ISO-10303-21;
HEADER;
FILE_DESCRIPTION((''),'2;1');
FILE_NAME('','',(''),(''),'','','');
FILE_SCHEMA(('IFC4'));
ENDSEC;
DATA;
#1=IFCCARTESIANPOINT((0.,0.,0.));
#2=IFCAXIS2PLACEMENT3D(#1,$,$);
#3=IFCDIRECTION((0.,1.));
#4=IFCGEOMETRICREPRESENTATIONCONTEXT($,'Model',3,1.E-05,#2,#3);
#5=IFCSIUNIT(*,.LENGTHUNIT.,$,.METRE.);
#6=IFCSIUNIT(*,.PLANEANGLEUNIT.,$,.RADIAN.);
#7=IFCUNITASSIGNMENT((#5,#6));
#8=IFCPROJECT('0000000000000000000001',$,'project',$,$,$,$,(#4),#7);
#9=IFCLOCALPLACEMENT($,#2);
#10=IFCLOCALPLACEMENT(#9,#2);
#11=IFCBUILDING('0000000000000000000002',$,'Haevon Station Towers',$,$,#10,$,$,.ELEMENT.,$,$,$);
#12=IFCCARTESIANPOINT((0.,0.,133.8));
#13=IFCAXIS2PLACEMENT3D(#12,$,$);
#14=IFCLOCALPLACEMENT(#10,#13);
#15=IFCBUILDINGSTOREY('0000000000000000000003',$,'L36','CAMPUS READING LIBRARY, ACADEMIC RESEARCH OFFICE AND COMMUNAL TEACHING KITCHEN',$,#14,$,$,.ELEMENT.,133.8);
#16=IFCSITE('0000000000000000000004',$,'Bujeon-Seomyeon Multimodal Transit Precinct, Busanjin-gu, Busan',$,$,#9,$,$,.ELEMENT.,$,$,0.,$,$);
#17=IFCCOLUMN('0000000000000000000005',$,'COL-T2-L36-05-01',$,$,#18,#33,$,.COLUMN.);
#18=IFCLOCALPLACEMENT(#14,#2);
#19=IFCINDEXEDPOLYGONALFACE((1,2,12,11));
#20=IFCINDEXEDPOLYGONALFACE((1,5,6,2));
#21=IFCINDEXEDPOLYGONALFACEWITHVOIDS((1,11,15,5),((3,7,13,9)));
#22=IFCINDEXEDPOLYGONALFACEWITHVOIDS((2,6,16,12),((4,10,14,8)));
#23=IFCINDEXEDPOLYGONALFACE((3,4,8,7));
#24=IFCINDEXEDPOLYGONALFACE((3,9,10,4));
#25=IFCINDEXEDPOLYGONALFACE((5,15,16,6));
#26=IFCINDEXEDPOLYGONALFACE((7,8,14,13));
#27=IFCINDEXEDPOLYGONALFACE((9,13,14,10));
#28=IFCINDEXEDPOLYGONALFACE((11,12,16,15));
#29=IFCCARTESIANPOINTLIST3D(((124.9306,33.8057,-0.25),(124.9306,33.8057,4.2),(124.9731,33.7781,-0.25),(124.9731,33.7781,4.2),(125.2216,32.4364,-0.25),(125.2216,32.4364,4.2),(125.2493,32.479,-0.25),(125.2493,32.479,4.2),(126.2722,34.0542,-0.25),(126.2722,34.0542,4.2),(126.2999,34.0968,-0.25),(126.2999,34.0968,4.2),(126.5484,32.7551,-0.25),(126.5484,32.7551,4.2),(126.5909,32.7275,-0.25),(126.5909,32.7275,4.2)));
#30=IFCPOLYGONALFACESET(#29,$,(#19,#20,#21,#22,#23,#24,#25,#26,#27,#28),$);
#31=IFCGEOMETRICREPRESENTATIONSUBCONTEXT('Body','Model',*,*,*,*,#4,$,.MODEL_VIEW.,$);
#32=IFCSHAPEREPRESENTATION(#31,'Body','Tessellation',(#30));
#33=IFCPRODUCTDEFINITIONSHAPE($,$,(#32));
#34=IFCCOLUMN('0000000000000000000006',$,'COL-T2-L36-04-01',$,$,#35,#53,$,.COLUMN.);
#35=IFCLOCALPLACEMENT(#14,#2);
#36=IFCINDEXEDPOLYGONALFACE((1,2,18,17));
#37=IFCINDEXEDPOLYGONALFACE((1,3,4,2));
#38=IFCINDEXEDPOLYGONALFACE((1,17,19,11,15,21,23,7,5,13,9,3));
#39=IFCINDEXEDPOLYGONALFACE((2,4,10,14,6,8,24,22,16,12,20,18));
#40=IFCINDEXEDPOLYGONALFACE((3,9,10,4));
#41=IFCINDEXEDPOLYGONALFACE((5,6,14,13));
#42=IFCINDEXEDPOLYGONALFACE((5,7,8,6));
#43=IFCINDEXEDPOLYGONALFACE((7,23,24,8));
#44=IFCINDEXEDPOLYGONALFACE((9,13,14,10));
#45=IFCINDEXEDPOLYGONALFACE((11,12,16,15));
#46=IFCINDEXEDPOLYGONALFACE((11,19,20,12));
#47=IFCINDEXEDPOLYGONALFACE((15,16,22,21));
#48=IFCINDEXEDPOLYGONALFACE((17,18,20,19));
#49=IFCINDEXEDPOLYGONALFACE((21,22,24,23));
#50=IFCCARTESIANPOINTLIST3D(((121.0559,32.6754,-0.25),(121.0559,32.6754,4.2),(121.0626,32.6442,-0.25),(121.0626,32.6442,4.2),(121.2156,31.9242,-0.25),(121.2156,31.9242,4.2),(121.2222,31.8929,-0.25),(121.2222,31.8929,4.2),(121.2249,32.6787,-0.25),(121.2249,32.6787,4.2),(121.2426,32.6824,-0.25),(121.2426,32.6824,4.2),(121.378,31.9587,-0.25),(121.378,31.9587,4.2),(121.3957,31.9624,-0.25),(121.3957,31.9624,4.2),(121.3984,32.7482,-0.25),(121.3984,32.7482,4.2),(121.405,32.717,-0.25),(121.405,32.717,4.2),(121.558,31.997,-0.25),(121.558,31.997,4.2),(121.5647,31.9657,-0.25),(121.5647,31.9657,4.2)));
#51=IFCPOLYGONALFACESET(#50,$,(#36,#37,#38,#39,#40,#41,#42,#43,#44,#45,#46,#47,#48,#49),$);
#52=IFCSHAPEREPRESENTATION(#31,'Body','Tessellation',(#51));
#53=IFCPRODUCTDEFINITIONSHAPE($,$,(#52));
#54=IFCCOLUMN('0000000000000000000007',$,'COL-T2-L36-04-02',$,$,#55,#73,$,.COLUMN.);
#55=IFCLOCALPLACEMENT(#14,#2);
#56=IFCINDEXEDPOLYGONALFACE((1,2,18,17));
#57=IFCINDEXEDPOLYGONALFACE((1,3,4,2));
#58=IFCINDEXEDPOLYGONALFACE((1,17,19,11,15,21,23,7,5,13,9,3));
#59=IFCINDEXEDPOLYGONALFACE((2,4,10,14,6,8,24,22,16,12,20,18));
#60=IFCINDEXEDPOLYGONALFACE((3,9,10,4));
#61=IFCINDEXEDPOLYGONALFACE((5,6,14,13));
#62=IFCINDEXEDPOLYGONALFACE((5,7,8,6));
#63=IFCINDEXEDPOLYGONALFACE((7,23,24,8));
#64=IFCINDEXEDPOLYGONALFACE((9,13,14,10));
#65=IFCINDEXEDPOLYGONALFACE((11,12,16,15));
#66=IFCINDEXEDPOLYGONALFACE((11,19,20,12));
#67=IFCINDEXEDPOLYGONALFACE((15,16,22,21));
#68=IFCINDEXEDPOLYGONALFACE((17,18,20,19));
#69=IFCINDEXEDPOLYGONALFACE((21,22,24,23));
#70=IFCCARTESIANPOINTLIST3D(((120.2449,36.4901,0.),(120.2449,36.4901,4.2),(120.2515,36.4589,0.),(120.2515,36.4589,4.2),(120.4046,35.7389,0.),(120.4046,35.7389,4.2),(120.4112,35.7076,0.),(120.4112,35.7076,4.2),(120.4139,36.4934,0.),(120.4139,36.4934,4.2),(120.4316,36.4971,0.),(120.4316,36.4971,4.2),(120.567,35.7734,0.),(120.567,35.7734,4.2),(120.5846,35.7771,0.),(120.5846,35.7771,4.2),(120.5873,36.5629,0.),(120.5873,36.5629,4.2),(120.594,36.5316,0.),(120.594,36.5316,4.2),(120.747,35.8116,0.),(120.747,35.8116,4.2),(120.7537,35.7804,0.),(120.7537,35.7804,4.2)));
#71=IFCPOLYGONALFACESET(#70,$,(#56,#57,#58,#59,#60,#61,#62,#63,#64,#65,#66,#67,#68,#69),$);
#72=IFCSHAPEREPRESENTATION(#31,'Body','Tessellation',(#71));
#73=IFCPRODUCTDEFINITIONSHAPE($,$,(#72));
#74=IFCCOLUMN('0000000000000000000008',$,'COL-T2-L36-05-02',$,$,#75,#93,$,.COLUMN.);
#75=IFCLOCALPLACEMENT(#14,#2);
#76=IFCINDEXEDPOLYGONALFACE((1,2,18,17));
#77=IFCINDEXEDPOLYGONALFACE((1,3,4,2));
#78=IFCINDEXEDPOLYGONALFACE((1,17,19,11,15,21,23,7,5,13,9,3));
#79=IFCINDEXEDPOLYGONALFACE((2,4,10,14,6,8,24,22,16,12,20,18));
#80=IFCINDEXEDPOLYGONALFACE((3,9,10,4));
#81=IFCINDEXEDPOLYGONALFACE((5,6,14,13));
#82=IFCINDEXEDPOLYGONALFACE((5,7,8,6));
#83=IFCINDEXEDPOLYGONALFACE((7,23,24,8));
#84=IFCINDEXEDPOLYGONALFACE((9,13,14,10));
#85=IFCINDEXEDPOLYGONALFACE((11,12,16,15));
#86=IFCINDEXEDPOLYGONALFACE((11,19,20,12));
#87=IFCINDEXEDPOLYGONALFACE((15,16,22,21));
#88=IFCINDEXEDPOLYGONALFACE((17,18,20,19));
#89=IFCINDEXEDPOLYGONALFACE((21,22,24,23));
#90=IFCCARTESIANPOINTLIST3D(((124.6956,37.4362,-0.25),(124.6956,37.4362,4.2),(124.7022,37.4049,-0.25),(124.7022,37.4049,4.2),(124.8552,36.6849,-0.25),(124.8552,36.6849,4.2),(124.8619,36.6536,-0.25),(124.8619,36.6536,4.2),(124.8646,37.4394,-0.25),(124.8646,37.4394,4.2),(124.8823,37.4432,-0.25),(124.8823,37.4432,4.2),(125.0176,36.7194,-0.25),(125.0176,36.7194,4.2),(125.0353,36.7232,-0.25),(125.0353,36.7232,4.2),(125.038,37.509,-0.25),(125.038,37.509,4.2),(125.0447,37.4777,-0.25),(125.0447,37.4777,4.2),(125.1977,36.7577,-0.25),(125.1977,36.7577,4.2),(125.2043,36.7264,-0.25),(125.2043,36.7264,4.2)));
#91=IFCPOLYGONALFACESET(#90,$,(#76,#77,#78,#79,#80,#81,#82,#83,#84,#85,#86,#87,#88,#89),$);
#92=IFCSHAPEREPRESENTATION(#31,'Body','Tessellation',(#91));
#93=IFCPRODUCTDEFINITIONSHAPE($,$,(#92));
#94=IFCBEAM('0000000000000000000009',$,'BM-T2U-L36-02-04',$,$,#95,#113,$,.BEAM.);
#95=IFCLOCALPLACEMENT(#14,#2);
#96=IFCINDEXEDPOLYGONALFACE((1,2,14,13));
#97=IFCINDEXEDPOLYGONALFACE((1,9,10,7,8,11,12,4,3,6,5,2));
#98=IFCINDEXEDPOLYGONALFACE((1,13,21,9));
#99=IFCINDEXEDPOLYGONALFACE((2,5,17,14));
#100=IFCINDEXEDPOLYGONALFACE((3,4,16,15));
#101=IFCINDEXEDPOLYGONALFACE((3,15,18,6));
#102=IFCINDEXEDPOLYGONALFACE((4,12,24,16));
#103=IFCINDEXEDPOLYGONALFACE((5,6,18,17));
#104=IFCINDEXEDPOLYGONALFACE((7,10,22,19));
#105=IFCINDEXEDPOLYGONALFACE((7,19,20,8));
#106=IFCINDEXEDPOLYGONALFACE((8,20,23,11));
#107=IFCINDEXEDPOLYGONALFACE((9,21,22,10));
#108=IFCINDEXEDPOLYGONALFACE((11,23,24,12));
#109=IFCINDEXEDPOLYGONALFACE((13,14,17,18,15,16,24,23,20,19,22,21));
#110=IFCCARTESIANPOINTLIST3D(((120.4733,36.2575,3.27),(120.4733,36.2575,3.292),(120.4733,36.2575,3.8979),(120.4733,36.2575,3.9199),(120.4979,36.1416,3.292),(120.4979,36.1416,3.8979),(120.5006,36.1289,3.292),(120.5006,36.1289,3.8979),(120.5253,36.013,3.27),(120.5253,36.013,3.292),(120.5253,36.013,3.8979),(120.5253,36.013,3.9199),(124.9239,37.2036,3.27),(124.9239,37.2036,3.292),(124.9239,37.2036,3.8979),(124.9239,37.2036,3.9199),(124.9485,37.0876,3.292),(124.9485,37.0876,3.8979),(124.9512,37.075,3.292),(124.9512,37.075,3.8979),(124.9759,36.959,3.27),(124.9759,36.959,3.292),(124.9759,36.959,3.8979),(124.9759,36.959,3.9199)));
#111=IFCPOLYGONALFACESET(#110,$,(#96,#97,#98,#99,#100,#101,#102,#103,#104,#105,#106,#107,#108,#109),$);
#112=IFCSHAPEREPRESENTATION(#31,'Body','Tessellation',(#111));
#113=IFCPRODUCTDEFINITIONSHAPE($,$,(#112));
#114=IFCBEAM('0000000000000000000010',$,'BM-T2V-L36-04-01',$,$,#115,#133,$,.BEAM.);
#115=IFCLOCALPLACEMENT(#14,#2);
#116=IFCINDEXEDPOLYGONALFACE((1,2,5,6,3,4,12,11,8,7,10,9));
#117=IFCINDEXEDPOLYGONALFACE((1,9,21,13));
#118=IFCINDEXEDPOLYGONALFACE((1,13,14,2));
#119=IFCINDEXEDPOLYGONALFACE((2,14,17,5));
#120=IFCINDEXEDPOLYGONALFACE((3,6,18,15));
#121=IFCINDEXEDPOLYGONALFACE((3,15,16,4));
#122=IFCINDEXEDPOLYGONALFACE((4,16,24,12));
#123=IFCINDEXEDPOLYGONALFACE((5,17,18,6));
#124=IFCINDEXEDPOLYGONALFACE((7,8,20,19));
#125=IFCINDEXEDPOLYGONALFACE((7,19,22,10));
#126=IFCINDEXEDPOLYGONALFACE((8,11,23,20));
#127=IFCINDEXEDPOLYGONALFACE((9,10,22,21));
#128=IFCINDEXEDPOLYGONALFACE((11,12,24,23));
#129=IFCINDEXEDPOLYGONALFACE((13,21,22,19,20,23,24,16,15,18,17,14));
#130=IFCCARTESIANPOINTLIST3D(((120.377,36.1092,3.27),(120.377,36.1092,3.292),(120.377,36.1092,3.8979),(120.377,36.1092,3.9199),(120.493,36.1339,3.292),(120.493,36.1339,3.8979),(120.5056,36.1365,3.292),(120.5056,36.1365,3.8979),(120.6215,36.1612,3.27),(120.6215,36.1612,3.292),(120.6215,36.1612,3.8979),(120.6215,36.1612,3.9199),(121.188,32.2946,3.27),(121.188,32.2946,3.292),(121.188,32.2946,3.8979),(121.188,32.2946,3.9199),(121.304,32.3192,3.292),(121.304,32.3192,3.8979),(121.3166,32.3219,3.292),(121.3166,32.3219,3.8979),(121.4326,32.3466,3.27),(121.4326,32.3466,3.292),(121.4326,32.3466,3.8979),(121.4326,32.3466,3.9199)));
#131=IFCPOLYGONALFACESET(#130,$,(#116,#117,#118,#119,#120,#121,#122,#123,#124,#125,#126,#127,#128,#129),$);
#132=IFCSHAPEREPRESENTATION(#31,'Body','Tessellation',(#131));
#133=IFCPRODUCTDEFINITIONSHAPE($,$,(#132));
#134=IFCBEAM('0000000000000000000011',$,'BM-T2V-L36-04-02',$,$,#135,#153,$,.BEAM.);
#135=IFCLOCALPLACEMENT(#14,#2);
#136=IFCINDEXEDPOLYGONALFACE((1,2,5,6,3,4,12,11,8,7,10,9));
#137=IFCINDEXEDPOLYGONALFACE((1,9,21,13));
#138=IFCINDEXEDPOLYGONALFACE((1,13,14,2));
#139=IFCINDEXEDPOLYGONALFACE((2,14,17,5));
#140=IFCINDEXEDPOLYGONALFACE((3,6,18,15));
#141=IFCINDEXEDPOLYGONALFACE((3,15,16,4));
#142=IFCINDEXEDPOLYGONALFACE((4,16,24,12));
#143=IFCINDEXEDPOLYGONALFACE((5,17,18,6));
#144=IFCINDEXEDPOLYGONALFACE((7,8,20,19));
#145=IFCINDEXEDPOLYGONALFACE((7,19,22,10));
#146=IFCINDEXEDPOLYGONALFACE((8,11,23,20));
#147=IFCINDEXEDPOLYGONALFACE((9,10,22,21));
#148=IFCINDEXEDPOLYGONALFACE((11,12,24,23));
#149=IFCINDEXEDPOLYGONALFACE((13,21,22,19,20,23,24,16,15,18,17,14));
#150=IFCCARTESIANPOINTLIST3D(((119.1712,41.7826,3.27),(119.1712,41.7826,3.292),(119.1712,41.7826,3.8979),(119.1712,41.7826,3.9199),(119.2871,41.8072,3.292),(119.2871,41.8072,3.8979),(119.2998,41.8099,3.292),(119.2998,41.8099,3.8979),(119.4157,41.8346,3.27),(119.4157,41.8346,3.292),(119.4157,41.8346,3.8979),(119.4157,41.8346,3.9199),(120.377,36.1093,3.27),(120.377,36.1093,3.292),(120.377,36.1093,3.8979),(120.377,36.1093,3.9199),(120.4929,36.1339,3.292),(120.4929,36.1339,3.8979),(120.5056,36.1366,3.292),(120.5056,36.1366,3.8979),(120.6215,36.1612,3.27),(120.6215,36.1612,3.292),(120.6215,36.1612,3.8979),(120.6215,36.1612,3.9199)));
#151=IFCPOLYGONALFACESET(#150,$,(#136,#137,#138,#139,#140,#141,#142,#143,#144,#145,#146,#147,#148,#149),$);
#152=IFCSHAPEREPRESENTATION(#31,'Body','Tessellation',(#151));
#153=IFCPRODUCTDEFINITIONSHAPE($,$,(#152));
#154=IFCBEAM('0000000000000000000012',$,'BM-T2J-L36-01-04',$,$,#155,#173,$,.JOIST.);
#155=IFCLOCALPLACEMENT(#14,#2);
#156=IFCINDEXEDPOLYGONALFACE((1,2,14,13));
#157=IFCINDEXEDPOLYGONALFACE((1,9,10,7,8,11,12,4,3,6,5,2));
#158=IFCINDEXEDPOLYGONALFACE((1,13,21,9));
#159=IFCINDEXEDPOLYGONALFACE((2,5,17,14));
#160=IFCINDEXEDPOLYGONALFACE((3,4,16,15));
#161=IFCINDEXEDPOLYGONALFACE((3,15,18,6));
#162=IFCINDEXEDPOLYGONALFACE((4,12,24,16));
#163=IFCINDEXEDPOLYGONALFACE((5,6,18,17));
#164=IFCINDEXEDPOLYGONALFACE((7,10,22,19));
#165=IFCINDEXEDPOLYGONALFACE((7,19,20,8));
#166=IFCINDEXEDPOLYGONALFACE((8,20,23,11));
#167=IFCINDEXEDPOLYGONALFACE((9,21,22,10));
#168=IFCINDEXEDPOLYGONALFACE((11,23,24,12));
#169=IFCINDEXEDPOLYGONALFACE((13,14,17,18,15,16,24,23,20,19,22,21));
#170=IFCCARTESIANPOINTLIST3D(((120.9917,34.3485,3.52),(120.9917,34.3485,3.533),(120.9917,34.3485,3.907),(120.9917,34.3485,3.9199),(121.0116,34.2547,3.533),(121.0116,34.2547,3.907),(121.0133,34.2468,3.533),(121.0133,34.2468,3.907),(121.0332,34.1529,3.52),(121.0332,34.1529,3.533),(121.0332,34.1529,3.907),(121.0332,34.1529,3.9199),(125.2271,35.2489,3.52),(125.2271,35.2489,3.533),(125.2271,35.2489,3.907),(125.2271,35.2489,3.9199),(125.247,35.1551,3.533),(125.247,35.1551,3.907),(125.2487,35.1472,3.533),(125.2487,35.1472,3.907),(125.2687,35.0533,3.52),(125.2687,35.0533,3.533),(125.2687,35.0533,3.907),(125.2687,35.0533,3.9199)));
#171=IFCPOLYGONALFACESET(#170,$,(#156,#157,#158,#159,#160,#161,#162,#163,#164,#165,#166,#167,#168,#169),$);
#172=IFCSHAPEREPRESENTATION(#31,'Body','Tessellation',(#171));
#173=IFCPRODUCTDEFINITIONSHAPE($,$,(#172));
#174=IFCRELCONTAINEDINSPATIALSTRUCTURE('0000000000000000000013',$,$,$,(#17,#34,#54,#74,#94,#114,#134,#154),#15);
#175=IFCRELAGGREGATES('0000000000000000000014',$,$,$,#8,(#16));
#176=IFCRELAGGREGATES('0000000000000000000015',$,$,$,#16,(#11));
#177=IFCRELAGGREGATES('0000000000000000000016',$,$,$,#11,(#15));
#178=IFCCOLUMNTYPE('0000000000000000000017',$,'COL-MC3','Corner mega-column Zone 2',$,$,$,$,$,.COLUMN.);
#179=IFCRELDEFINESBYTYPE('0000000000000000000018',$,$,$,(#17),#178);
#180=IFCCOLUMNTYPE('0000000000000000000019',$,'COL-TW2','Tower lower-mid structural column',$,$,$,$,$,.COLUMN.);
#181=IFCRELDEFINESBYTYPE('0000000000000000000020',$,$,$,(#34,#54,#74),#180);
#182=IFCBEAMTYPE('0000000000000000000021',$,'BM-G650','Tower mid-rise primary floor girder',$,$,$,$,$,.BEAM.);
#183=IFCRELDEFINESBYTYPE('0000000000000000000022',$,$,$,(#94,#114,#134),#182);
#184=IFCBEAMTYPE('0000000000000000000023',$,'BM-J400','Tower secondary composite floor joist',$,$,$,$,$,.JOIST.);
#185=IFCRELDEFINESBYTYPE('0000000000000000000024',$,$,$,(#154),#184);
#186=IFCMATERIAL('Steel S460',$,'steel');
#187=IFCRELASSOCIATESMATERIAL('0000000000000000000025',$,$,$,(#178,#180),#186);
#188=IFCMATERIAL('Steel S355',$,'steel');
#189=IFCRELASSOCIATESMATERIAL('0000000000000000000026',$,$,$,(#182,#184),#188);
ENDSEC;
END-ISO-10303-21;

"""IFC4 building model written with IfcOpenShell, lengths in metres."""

from ifc_helpers import new_model, si_unit, direction, frame, origin, origin_2d, place, context, subcontext, project, spatial, hollow_rectangle, i_section, extrude, material, material_profile, profile_set, type_object, element, save


model = new_model("IFC4")

# Units and contexts
model_context = context("Model", 3, precision=1e-05, world=origin(), true_north=direction((0.0, 1.0)))
body_context = subcontext(model_context, "Body", "Model", "MODEL_VIEW")
ifc_project = project(units=[si_unit("LENGTHUNIT", "METRE"), si_unit("PLANEANGLEUNIT", "RADIAN")], contexts=[model_context])

# Site, building, storey
site_placement = place(None, origin())
site = spatial("IfcSite", under=ifc_project, at=site_placement, Name="Bujeon-Seomyeon Multimodal Transit Precinct, Busanjin-gu, Busan", CompositionType="ELEMENT", RefElevation=0.0)
building_placement = place(site_placement, origin())
building = spatial("IfcBuilding", under=site, at=building_placement, Name="Haevon Station Towers", CompositionType="ELEMENT")
storey_placement = place(building_placement, frame((0.0, 0.0, 133.8)))
storey = spatial("IfcBuildingStorey", under=building, at=storey_placement, Name="L36", Description="CAMPUS READING LIBRARY, ACADEMIC RESEARCH OFFICE AND COMMUNAL TEACHING KITCHEN", CompositionType="ELEMENT", Elevation=133.8)

# Columns
ifc_material_1 = material(Name="Steel S460", Category="steel")
ifc_material_profile_1 = material_profile(ifc_material_1, hollow_rectangle(XDim=1.3999, YDim=1.3999, WallThickness=0.0359, at=origin_2d()), Name="BOX-1400x1400x36")
ifc_profile_set_1 = profile_set([ifc_material_profile_1], Name="Steel S460")
column_type_1 = type_object("IfcColumnType", Name="COL-MC3", Description="Corner mega-column Zone 2", PredefinedType="COLUMN", material=ifc_profile_set_1)
column_1_placement = place(storey_placement, frame((125.7607, 33.2666, -0.25), z_axis=(0.0, 0.0, 1.0), x_axis=(0.978148, 0.207912, 0.0)))
element("IfcColumn", 1, at=column_1_placement, inside=storey, type_object=column_type_1, Name="COL-T2-L36-05-01", PredefinedType="COLUMN", context=body_context, shape_type="SweptSolid", body=[
    extrude(hollow_rectangle(XDim=1.3999, YDim=1.3999, WallThickness=0.0359, at=origin_2d()), origin(), (0.0, 0.0, 1.0), 4.45),
])
ifc_material_profile_2 = material_profile(ifc_material_1, i_section(OverallWidth=0.3501, OverallDepth=0.8, WebThickness=0.0181, FlangeThickness=0.032, at=origin_2d()), Name="H-800x350x18x32")
ifc_profile_set_2 = profile_set([ifc_material_profile_2], Name="Steel S460")
column_type_2 = type_object("IfcColumnType", Name="COL-TW2", Description="Tower lower-mid structural column", PredefinedType="COLUMN", material=ifc_profile_set_2)
column_2_placement = place(storey_placement, frame((121.3103, 32.3206, -0.25), z_axis=(0.0, 0.0, 1.0), x_axis=(0.978148, 0.207912, 0.0)))
element("IfcColumn", 2, at=column_2_placement, inside=storey, type_object=column_type_2, Name="COL-T2-L36-04-01", PredefinedType="COLUMN", context=body_context, shape_type="SweptSolid", body=[
    extrude(i_section(OverallWidth=0.3501, OverallDepth=0.8, WebThickness=0.0181, FlangeThickness=0.032, at=origin_2d()), origin(), (0.0, 0.0, 1.0), 4.45),
])
column_3_placement = place(storey_placement, frame((120.4993, 36.1353, 0.0), z_axis=(0.0, 0.0, 1.0), x_axis=(0.978148, 0.207912, 0.0)))
element("IfcColumn", 3, at=column_3_placement, inside=storey, type_object=column_type_2, Name="COL-T2-L36-04-02", PredefinedType="COLUMN", context=body_context, shape_type="SweptSolid", body=[
    extrude(i_section(OverallWidth=0.3501, OverallDepth=0.8, WebThickness=0.0181, FlangeThickness=0.032, at=origin_2d()), origin(), (0.0, 0.0, 1.0), 4.2),
])
column_4_placement = place(storey_placement, frame((124.95, 37.0813, -0.25), z_axis=(0.0, 0.0, 1.0), x_axis=(0.978148, 0.207912, 0.0)))
element("IfcColumn", 4, at=column_4_placement, inside=storey, type_object=column_type_2, Name="COL-T2-L36-05-02", PredefinedType="COLUMN", context=body_context, shape_type="SweptSolid", body=[
    extrude(i_section(OverallWidth=0.3501, OverallDepth=0.8, WebThickness=0.0181, FlangeThickness=0.032, at=origin_2d()), origin(), (0.0, 0.0, 1.0), 4.45),
])

# Beams
ifc_material_2 = material(Name="Steel S355", Category="steel")
ifc_material_profile_3 = material_profile(ifc_material_2, i_section(OverallWidth=0.25, OverallDepth=0.6499, WebThickness=0.0129, FlangeThickness=0.022, at=origin_2d()), Name="H-650x250x13x22")
ifc_profile_set_3 = profile_set([ifc_material_profile_3], Name="Steel S355")
beam_type_1 = type_object("IfcBeamType", Name="BM-G650", Description="Tower mid-rise primary floor girder", PredefinedType="BEAM", material=ifc_profile_set_3)
beam_1_placement = place(storey_placement, frame((120.4993, 36.1353, 3.595), z_axis=(0.978147, 0.207917, 0.0), x_axis=(-0.207917, 0.978147, 0.0)))
element("IfcBeam", 5, at=beam_1_placement, inside=storey, type_object=beam_type_1, Name="BM-T2U-L36-02-04", PredefinedType="BEAM", context=body_context, shape_type="SweptSolid", body=[
    extrude(i_section(OverallWidth=0.25, OverallDepth=0.6499, WebThickness=0.0129, FlangeThickness=0.022, at=origin_2d()), origin(), (0.0, 0.0, 1.0), 4.55),
])
beam_2_placement = place(storey_placement, frame((121.3103, 32.3206, 3.595), z_axis=(-0.20796, 0.978137, 0.0), x_axis=(-0.978137, -0.20796, 0.0)))
element("IfcBeam", 6, at=beam_2_placement, inside=storey, type_object=beam_type_1, Name="BM-T2V-L36-04-01", PredefinedType="BEAM", context=body_context, shape_type="SweptSolid", body=[
    extrude(i_section(OverallWidth=0.25, OverallDepth=0.6499, WebThickness=0.0129, FlangeThickness=0.022, at=origin_2d()), origin(), (0.0, 0.0, 1.0), 3.8999),
])
beam_3_placement = place(storey_placement, frame((120.4993, 36.1353, 3.595), z_axis=(-0.207896, 0.978151, 0.0), x_axis=(-0.978151, -0.207896, 0.0)))
element("IfcBeam", 7, at=beam_3_placement, inside=storey, type_object=beam_type_1, Name="BM-T2V-L36-04-02", PredefinedType="BEAM", context=body_context, shape_type="SweptSolid", body=[
    extrude(i_section(OverallWidth=0.25, OverallDepth=0.6499, WebThickness=0.0129, FlangeThickness=0.022, at=origin_2d()), origin(), (0.0, 0.0, 1.0), 5.8),
])
ifc_material_profile_4 = material_profile(ifc_material_2, i_section(OverallWidth=0.2, OverallDepth=0.3999, WebThickness=0.0081, FlangeThickness=0.0129, at=origin_2d()), Name="H-400x200x8x13")
ifc_profile_set_4 = profile_set([ifc_material_profile_4], Name="Steel S355")
beam_type_2 = type_object("IfcBeamType", Name="BM-J400", Description="Tower secondary composite floor joist", PredefinedType="JOIST", material=ifc_profile_set_4)
beam_4_placement = place(storey_placement, frame((121.0125, 34.2507, 3.72), z_axis=(0.978141, 0.207942, 0.0), x_axis=(-0.207942, 0.978141, 0.0)))
element("IfcBeam", 8, at=beam_4_placement, inside=storey, type_object=beam_type_2, Name="BM-T2J-L36-01-04", PredefinedType="JOIST", context=body_context, shape_type="SweptSolid", body=[
    extrude(i_section(OverallWidth=0.2, OverallDepth=0.3999, WebThickness=0.0081, FlangeThickness=0.0129, at=origin_2d()), origin(), (0.0, 0.0, 1.0), 4.3301),
])

save(model, "model.ifc")
